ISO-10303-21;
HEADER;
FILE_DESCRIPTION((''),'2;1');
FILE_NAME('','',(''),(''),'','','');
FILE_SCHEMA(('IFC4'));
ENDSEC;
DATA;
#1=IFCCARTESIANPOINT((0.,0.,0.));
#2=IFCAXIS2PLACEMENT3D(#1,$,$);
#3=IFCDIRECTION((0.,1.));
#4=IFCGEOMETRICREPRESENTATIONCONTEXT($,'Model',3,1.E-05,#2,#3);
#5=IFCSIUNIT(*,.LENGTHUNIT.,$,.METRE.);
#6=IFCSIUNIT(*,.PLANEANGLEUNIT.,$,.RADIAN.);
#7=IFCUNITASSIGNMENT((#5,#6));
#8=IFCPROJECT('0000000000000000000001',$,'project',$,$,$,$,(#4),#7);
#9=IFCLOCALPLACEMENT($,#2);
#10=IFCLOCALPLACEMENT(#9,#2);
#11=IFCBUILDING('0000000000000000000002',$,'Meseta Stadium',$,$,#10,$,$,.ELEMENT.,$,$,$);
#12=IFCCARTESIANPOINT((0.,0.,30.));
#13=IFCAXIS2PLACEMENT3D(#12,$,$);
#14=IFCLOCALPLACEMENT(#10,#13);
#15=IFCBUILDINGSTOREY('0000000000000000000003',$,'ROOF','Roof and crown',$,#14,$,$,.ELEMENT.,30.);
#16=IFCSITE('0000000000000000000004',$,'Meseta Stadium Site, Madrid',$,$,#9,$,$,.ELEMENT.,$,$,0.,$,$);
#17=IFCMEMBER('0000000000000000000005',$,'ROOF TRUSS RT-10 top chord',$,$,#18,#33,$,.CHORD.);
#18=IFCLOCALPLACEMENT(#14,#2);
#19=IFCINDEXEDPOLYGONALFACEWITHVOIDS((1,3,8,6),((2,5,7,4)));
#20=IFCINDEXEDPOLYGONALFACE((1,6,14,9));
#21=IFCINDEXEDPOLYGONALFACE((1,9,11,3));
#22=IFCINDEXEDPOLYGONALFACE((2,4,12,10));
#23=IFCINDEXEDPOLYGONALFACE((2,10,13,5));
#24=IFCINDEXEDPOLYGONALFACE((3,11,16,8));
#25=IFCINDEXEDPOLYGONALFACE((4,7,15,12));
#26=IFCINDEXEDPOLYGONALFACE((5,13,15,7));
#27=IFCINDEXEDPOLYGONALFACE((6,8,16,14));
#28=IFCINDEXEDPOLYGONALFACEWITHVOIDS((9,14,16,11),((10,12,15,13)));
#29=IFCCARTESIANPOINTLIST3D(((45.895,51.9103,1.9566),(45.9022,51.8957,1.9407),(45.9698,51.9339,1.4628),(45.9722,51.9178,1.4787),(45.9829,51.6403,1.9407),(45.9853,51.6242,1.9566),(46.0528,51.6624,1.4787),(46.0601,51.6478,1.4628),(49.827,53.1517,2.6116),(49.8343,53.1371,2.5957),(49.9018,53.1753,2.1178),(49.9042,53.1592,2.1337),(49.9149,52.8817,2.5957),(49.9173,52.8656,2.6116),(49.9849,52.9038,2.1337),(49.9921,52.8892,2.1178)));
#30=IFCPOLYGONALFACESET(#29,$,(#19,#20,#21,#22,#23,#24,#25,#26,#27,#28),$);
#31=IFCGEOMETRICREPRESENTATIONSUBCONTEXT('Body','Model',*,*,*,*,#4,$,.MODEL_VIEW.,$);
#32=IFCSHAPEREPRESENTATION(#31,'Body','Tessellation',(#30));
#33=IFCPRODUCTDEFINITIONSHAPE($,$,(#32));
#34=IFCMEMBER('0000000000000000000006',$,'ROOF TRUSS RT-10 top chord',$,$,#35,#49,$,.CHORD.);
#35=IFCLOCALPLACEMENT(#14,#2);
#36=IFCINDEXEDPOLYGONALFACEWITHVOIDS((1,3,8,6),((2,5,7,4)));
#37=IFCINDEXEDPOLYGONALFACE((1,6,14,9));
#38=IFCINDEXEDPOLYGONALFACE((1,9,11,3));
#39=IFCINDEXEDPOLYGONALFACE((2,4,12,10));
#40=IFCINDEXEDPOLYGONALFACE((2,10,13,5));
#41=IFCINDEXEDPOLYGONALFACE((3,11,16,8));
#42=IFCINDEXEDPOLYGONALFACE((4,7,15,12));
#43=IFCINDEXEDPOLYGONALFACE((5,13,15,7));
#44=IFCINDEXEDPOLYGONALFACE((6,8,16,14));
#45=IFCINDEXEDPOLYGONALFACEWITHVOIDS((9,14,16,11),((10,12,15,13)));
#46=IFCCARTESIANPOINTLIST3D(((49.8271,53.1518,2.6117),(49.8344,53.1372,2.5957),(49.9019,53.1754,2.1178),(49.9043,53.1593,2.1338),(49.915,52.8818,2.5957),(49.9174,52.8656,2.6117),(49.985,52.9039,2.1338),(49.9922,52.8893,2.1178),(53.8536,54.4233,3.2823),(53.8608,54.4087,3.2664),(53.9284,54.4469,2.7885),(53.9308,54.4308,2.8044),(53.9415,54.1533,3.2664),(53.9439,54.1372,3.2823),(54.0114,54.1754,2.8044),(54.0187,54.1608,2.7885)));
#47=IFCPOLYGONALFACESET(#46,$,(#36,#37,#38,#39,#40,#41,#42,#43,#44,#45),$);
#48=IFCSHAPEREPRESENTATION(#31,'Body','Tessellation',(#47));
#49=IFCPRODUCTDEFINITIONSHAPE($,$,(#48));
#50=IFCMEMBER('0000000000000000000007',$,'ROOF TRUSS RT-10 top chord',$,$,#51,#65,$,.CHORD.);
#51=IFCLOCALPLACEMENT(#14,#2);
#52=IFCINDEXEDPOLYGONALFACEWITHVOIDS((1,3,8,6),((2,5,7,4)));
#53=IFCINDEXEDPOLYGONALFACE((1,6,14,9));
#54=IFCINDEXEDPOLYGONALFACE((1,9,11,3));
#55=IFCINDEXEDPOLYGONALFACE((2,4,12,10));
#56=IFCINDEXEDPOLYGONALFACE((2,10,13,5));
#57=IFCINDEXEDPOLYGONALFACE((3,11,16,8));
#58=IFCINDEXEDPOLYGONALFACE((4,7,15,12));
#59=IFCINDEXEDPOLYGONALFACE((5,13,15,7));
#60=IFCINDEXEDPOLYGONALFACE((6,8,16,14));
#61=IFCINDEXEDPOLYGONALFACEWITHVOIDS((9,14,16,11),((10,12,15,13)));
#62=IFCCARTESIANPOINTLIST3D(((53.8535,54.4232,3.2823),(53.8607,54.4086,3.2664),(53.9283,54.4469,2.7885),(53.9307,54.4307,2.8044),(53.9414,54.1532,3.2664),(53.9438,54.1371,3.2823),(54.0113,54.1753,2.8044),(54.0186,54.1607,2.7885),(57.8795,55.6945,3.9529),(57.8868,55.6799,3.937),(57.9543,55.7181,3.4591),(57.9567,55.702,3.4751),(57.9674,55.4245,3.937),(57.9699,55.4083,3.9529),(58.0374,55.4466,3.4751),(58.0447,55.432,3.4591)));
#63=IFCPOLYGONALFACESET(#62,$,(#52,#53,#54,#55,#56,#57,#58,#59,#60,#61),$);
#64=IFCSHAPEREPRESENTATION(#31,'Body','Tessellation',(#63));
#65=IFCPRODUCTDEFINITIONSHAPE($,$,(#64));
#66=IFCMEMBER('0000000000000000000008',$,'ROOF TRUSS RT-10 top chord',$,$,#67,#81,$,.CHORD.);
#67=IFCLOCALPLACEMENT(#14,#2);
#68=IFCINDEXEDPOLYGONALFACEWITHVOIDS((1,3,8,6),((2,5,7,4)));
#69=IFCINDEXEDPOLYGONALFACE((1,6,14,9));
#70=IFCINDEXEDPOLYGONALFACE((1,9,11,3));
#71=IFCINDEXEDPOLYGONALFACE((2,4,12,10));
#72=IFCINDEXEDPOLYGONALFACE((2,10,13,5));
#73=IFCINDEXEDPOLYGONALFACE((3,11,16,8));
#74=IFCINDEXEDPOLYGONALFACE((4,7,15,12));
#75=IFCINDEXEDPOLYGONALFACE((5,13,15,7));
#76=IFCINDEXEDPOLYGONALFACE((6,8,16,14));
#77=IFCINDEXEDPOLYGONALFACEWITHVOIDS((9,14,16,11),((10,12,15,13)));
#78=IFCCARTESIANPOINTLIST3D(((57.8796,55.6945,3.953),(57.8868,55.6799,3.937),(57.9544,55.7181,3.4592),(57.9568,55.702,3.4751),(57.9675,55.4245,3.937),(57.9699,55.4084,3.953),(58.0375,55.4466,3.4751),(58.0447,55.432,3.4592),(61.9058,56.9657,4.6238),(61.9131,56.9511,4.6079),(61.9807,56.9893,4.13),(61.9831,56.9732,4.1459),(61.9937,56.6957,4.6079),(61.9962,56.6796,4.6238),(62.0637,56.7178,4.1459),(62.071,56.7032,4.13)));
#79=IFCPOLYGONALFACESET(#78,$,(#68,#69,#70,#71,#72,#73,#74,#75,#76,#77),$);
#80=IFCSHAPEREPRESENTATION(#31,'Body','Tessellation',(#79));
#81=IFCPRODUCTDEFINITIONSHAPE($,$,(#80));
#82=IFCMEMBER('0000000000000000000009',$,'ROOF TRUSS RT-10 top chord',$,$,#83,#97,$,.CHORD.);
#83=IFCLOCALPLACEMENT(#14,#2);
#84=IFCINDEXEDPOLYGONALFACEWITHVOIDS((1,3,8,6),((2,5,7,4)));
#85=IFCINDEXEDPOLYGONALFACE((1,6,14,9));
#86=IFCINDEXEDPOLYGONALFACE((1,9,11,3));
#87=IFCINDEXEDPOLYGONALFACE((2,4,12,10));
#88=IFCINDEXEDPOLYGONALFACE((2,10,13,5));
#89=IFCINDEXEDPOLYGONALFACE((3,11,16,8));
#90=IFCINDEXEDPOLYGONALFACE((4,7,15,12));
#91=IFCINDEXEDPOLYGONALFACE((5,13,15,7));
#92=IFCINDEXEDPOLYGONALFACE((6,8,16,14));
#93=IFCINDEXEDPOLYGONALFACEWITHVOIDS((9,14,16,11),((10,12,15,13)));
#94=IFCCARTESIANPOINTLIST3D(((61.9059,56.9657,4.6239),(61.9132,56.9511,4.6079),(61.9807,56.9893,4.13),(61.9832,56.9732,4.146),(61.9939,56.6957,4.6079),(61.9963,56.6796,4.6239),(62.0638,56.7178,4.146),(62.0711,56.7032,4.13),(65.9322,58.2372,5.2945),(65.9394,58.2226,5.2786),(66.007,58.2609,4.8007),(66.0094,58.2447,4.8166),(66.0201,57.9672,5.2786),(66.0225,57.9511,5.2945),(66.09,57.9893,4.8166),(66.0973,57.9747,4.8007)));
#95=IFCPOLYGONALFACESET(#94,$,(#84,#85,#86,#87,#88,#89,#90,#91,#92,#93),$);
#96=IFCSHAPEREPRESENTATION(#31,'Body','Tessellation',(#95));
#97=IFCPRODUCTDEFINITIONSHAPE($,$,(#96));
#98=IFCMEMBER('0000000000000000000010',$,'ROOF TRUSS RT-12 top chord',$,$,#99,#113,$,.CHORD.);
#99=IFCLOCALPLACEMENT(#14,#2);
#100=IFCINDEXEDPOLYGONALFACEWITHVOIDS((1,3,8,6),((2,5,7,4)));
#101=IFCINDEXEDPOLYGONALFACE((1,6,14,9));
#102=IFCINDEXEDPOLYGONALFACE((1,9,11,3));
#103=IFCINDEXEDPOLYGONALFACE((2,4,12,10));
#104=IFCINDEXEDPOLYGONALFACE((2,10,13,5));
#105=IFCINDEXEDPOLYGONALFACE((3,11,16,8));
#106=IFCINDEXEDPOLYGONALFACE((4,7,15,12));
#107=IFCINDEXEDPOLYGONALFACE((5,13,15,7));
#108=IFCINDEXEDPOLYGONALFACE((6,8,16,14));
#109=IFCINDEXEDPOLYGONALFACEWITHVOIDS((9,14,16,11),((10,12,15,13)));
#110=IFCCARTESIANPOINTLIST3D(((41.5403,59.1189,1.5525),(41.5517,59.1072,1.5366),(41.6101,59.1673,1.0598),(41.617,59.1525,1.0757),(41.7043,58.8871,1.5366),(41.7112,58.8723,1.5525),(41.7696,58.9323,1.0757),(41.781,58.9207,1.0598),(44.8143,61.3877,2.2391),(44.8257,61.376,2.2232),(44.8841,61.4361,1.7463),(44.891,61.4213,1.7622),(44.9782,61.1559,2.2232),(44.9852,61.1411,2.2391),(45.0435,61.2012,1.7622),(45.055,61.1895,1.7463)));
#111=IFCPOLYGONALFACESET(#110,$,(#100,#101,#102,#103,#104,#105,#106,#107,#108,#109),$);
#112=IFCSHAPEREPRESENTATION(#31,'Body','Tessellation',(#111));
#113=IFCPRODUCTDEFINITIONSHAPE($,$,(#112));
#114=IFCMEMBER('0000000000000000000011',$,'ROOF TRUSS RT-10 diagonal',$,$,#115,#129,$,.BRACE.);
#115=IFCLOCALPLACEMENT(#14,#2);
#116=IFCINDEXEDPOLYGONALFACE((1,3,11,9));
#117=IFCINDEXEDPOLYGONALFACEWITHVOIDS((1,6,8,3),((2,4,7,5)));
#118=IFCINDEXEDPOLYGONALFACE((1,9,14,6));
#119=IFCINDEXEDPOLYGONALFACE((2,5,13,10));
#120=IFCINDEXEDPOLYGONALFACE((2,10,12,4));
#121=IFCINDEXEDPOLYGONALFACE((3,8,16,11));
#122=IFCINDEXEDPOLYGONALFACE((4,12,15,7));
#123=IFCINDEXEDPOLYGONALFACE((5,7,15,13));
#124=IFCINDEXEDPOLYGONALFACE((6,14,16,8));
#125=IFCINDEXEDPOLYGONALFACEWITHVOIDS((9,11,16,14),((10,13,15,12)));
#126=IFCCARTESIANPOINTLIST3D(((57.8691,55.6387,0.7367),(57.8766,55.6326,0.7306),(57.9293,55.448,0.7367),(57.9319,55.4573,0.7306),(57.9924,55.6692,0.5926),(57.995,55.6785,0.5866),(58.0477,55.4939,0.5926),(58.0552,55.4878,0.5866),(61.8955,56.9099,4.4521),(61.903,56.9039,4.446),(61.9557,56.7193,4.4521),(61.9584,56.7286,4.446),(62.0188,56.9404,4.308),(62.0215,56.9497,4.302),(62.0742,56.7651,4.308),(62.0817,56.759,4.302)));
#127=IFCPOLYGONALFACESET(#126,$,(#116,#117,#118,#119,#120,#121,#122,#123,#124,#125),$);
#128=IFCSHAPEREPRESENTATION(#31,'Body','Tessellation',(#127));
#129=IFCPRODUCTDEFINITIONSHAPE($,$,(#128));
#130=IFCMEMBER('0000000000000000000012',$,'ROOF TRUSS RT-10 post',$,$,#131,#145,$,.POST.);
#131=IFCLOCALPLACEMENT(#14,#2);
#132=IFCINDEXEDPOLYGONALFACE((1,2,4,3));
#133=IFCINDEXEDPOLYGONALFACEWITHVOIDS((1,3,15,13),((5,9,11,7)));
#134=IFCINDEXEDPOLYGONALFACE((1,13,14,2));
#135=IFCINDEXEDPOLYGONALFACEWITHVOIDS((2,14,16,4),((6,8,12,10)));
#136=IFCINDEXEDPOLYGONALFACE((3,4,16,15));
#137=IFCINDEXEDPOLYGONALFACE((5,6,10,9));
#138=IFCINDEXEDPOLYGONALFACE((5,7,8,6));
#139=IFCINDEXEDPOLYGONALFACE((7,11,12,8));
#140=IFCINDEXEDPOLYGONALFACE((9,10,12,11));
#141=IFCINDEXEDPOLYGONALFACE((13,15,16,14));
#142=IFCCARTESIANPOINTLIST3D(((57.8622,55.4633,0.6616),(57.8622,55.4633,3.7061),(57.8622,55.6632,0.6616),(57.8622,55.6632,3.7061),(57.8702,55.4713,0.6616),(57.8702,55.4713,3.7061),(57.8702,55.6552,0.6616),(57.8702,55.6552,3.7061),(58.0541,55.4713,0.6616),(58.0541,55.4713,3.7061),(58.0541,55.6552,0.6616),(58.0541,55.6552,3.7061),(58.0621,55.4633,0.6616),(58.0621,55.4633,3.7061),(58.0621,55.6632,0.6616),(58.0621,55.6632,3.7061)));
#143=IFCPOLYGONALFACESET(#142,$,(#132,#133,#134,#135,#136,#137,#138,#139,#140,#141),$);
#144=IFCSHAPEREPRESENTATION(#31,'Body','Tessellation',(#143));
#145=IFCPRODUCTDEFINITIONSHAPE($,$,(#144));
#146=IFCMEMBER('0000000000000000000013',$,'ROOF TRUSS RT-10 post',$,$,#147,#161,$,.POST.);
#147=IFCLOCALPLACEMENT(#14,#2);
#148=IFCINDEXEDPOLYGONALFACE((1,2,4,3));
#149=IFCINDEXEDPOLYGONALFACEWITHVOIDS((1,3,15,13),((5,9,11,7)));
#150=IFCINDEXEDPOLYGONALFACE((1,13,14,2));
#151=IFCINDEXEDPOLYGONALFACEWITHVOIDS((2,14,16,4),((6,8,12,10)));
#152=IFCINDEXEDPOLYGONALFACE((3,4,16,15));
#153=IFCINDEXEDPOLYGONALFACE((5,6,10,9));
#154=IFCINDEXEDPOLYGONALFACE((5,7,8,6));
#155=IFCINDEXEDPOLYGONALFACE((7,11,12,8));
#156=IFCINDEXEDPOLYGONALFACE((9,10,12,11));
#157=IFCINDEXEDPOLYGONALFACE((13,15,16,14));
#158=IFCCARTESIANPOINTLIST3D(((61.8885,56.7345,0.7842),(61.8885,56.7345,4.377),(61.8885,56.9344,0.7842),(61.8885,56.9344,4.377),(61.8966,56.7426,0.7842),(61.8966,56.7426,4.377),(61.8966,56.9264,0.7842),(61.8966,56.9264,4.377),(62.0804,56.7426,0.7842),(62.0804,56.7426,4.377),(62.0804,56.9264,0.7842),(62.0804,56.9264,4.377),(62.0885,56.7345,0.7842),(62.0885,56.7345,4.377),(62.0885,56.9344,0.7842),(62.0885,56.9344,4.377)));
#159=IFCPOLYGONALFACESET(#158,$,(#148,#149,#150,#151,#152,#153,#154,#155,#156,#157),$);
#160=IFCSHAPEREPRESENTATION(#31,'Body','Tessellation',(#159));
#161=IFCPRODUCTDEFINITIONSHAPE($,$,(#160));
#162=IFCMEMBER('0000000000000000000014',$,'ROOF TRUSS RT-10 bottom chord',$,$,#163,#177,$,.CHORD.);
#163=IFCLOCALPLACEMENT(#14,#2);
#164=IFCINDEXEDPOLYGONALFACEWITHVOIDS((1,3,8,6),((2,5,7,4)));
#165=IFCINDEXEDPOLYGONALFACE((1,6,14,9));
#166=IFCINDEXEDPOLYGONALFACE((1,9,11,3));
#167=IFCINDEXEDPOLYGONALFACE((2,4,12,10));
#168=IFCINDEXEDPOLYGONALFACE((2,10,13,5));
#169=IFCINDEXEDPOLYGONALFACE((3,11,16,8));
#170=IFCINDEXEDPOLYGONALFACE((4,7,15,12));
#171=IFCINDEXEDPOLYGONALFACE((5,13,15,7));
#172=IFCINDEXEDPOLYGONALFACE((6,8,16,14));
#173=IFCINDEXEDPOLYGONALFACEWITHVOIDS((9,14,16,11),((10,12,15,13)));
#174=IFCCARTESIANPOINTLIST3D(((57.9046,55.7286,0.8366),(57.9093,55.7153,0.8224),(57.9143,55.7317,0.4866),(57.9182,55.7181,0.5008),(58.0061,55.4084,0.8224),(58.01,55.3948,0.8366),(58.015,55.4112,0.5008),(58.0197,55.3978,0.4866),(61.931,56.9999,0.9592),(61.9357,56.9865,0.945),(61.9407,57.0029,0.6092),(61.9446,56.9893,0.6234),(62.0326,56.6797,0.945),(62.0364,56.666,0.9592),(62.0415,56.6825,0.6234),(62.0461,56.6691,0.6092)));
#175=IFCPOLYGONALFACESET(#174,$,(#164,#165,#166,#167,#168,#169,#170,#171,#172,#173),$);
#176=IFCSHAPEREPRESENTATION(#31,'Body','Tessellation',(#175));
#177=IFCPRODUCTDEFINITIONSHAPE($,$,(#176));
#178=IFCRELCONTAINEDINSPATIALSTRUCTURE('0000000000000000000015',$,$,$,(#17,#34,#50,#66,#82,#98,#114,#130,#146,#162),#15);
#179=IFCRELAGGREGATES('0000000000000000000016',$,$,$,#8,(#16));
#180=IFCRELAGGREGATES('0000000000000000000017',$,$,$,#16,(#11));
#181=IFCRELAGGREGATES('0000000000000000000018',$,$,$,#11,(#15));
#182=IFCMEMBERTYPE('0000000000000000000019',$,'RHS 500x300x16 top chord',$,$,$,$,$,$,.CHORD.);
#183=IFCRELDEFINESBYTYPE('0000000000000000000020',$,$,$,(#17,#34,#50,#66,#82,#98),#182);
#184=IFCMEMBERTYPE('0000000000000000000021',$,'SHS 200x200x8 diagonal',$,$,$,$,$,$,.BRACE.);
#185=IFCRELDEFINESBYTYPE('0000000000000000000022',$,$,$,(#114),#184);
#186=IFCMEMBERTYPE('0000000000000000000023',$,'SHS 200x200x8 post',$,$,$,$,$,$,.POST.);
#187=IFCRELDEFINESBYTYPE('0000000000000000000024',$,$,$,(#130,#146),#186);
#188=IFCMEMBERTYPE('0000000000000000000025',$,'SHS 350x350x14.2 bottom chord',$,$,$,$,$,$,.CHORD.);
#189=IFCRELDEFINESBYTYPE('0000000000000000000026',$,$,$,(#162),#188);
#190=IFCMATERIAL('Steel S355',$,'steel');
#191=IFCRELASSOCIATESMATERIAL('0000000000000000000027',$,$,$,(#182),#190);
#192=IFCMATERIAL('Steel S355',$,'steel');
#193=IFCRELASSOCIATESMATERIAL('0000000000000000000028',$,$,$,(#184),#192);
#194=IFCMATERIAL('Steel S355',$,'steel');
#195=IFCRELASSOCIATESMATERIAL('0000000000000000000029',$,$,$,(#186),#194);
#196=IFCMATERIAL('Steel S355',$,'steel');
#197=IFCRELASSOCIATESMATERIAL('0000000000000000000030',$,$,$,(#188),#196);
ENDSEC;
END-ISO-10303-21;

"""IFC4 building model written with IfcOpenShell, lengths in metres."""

from ifc_helpers import new_model, si_unit, direction, frame, origin, origin_2d, place, context, subcontext, project, spatial, hollow_rectangle, extrude, material, material_profile, profile_set, type_object, element, save


model = new_model("IFC4")

# Units and contexts
model_context = context("Model", 3, precision=1e-05, world=origin(), true_north=direction((0.0, 1.0)))
body_context = subcontext(model_context, "Body", "Model", "MODEL_VIEW")
ifc_project = project(units=[si_unit("LENGTHUNIT", "METRE"), si_unit("PLANEANGLEUNIT", "RADIAN")], contexts=[model_context])

# Site, building, storey
site_placement = place(None, origin())
site = spatial("IfcSite", under=ifc_project, at=site_placement, Name="Meseta Stadium Site, Madrid", CompositionType="ELEMENT", RefElevation=0.0)
building_placement = place(site_placement, origin())
building = spatial("IfcBuilding", under=site, at=building_placement, Name="Meseta Stadium", CompositionType="ELEMENT")
storey_placement = place(building_placement, frame((0.0, 0.0, 30.0)))
storey = spatial("IfcBuildingStorey", under=building, at=storey_placement, Name="ROOF", Description="Roof and crown", CompositionType="ELEMENT", Elevation=30.0)

# Members
ifc_material_1 = material(Name="Steel S355", Category="steel")
ifc_material_profile_1 = material_profile(ifc_material_1, hollow_rectangle(XDim=0.3, YDim=0.5, WallThickness=0.0161, at=origin_2d()), Name="RHS 500x300x16")
ifc_profile_set_1 = profile_set([ifc_material_profile_1], Name="Steel S355")
member_type_1 = type_object("IfcMemberType", Name="RHS 500x300x16 top chord", PredefinedType="CHORD", material=ifc_profile_set_1)
member_1_placement = place(storey_placement, frame((45.9775, 51.7791, 1.7097), z_axis=(0.941793, 0.297344, 0.156887), x_axis=(-0.301072, 0.953601, 0.0)))
element("IfcMember", 1, at=member_1_placement, inside=storey, type_object=member_type_1, Name="ROOF TRUSS RT-10 top chord", PredefinedType="CHORD", context=body_context, shape_type="SweptSolid", body=[
    extrude(hollow_rectangle(XDim=0.3, YDim=0.5, WallThickness=0.0161, at=origin_2d()), origin(), (0.0, 0.0, 1.0), 4.175),
])
member_2_placement = place(storey_placement, frame((49.9097, 53.0205, 2.3647), z_axis=(0.941777, 0.297403, 0.156868), x_axis=(-0.301131, 0.953583, 0.0)))
element("IfcMember", 2, at=member_2_placement, inside=storey, type_object=member_type_1, Name="ROOF TRUSS RT-10 top chord", PredefinedType="CHORD", context=body_context, shape_type="SweptSolid", body=[
    extrude(hollow_rectangle(XDim=0.3, YDim=0.5, WallThickness=0.0161, at=origin_2d()), origin(), (0.0, 0.0, 1.0), 4.2754),
])
member_3_placement = place(storey_placement, frame((53.936, 54.292, 3.0354), z_axis=(0.941787, 0.297367, 0.156879), x_axis=(-0.301095, 0.953594, 0.0)))
element("IfcMember", 3, at=member_3_placement, inside=storey, type_object=member_type_1, Name="ROOF TRUSS RT-10 top chord", PredefinedType="CHORD", context=body_context, shape_type="SweptSolid", body=[
    extrude(hollow_rectangle(XDim=0.3, YDim=0.5, WallThickness=0.0161, at=origin_2d()), origin(), (0.0, 0.0, 1.0), 4.2749),
])
for number, where, z_axis, x_axis, name in (
    (4, (57.9622, 55.5632, 3.7061), (0.941785, 0.297349, 0.156926), (-0.301079, 0.953599, 0.0), "ROOF TRUSS RT-10 top chord"),
    (5, (61.9885, 56.8345, 4.377), (0.941771, 0.297419, 0.156876), (-0.301148, 0.953577, 0.0), "ROOF TRUSS RT-10 top chord"),
):
    element("IfcMember", number, at=place(storey_placement, frame(where, z_axis=z_axis, x_axis=x_axis)), inside=storey, type_object=member_type_1, Name=name, PredefinedType="CHORD", context=body_context, shape_type="SweptSolid", body=[
        extrude(hollow_rectangle(XDim=0.3, YDim=0.5, WallThickness=0.0161, at=origin_2d()), origin(), (0.0, 0.0, 1.0), 4.2751),
    ])
member_4_placement = place(storey_placement, frame((41.6606, 59.0198, 1.3062), z_axis=(0.809987, 0.561313, 0.16985), x_axis=(-0.569589, 0.82193, 0.0)))
element("IfcMember", 6, at=member_4_placement, inside=storey, type_object=member_type_1, Name="ROOF TRUSS RT-12 top chord", PredefinedType="CHORD", context=body_context, shape_type="SweptSolid", body=[
    extrude(hollow_rectangle(XDim=0.3, YDim=0.5, WallThickness=0.0161, at=origin_2d()), origin(), (0.0, 0.0, 1.0), 4.042),
])
ifc_material_2 = material(Name="Steel S355", Category="steel")
ifc_material_profile_2 = material_profile(ifc_material_2, hollow_rectangle(XDim=0.2, YDim=0.2, WallThickness=0.0081, at=origin_2d()), Name="SHS 200x200x8")
ifc_profile_set_2 = profile_set([ifc_material_profile_2], Name="Steel S355")
member_type_2 = type_object("IfcMemberType", Name="SHS 200x200x8 diagonal", PredefinedType="BRACE", material=ifc_profile_set_2)
member_5_placement = place(storey_placement, frame((57.9622, 55.5632, 0.6616), z_axis=(0.715903, 0.226031, 0.6606), x_axis=(-0.301079, 0.953599, 0.0)))
element("IfcMember", 7, at=member_5_placement, inside=storey, type_object=member_type_2, Name="ROOF TRUSS RT-10 diagonal", PredefinedType="BRACE", context=body_context, shape_type="SweptSolid", body=[
    extrude(hollow_rectangle(XDim=0.2, YDim=0.2, WallThickness=0.0081, at=origin_2d()), origin(), (0.0, 0.0, 1.0), 5.6243),
])
ifc_material_3 = material(Name="Steel S355", Category="steel")
ifc_material_profile_3 = material_profile(ifc_material_3, hollow_rectangle(XDim=0.2, YDim=0.2, WallThickness=0.0081, at=origin_2d()), Name="SHS 200x200x8")
ifc_profile_set_3 = profile_set([ifc_material_profile_3], Name="Steel S355")
member_type_3 = type_object("IfcMemberType", Name="SHS 200x200x8 post", PredefinedType="POST", material=ifc_profile_set_3)
member_6_placement = place(storey_placement, frame((57.9622, 55.5632, 0.6616), z_axis=(0.0, 0.0, 1.0), x_axis=(1.0, 0.0, 0.0)))
element("IfcMember", 8, at=member_6_placement, inside=storey, type_object=member_type_3, Name="ROOF TRUSS RT-10 post", PredefinedType="POST", context=body_context, shape_type="SweptSolid", body=[
    extrude(hollow_rectangle(XDim=0.2, YDim=0.2, WallThickness=0.0081, at=origin_2d()), origin(), (0.0, 0.0, 1.0), 3.0444),
])
member_7_placement = place(storey_placement, frame((61.9885, 56.8345, 0.7842), z_axis=(0.0, 0.0, 1.0), x_axis=(1.0, 0.0, 0.0)))
element("IfcMember", 9, at=member_7_placement, inside=storey, type_object=member_type_3, Name="ROOF TRUSS RT-10 post", PredefinedType="POST", context=body_context, shape_type="SweptSolid", body=[
    extrude(hollow_rectangle(XDim=0.2, YDim=0.2, WallThickness=0.0081, at=origin_2d()), origin(), (0.0, 0.0, 1.0), 3.5928),
])
ifc_material_4 = material(Name="Steel S355", Category="steel")
ifc_material_profile_4 = material_profile(ifc_material_4, hollow_rectangle(XDim=0.3501, YDim=0.3501, WallThickness=0.0142, at=origin_2d()), Name="SHS 350x350x14.2")
ifc_profile_set_4 = profile_set([ifc_material_profile_4], Name="Steel S355")
member_type_4 = type_object("IfcMemberType", Name="SHS 350x350x14.2 bottom chord", PredefinedType="CHORD", material=ifc_profile_set_4)
member_8_placement = place(storey_placement, frame((57.9622, 55.5632, 0.6616), z_axis=(0.953198, 0.300952, 0.029014), x_axis=(-0.301079, 0.953599, 0.0)))
element("IfcMember", 10, at=member_8_placement, inside=storey, type_object=member_type_4, Name="ROOF TRUSS RT-10 bottom chord", PredefinedType="CHORD", context=body_context, shape_type="SweptSolid", body=[
    extrude(hollow_rectangle(XDim=0.3501, YDim=0.3501, WallThickness=0.0142, at=origin_2d()), origin(), (0.0, 0.0, 1.0), 4.2241),
])

save(model, "model.ifc")
